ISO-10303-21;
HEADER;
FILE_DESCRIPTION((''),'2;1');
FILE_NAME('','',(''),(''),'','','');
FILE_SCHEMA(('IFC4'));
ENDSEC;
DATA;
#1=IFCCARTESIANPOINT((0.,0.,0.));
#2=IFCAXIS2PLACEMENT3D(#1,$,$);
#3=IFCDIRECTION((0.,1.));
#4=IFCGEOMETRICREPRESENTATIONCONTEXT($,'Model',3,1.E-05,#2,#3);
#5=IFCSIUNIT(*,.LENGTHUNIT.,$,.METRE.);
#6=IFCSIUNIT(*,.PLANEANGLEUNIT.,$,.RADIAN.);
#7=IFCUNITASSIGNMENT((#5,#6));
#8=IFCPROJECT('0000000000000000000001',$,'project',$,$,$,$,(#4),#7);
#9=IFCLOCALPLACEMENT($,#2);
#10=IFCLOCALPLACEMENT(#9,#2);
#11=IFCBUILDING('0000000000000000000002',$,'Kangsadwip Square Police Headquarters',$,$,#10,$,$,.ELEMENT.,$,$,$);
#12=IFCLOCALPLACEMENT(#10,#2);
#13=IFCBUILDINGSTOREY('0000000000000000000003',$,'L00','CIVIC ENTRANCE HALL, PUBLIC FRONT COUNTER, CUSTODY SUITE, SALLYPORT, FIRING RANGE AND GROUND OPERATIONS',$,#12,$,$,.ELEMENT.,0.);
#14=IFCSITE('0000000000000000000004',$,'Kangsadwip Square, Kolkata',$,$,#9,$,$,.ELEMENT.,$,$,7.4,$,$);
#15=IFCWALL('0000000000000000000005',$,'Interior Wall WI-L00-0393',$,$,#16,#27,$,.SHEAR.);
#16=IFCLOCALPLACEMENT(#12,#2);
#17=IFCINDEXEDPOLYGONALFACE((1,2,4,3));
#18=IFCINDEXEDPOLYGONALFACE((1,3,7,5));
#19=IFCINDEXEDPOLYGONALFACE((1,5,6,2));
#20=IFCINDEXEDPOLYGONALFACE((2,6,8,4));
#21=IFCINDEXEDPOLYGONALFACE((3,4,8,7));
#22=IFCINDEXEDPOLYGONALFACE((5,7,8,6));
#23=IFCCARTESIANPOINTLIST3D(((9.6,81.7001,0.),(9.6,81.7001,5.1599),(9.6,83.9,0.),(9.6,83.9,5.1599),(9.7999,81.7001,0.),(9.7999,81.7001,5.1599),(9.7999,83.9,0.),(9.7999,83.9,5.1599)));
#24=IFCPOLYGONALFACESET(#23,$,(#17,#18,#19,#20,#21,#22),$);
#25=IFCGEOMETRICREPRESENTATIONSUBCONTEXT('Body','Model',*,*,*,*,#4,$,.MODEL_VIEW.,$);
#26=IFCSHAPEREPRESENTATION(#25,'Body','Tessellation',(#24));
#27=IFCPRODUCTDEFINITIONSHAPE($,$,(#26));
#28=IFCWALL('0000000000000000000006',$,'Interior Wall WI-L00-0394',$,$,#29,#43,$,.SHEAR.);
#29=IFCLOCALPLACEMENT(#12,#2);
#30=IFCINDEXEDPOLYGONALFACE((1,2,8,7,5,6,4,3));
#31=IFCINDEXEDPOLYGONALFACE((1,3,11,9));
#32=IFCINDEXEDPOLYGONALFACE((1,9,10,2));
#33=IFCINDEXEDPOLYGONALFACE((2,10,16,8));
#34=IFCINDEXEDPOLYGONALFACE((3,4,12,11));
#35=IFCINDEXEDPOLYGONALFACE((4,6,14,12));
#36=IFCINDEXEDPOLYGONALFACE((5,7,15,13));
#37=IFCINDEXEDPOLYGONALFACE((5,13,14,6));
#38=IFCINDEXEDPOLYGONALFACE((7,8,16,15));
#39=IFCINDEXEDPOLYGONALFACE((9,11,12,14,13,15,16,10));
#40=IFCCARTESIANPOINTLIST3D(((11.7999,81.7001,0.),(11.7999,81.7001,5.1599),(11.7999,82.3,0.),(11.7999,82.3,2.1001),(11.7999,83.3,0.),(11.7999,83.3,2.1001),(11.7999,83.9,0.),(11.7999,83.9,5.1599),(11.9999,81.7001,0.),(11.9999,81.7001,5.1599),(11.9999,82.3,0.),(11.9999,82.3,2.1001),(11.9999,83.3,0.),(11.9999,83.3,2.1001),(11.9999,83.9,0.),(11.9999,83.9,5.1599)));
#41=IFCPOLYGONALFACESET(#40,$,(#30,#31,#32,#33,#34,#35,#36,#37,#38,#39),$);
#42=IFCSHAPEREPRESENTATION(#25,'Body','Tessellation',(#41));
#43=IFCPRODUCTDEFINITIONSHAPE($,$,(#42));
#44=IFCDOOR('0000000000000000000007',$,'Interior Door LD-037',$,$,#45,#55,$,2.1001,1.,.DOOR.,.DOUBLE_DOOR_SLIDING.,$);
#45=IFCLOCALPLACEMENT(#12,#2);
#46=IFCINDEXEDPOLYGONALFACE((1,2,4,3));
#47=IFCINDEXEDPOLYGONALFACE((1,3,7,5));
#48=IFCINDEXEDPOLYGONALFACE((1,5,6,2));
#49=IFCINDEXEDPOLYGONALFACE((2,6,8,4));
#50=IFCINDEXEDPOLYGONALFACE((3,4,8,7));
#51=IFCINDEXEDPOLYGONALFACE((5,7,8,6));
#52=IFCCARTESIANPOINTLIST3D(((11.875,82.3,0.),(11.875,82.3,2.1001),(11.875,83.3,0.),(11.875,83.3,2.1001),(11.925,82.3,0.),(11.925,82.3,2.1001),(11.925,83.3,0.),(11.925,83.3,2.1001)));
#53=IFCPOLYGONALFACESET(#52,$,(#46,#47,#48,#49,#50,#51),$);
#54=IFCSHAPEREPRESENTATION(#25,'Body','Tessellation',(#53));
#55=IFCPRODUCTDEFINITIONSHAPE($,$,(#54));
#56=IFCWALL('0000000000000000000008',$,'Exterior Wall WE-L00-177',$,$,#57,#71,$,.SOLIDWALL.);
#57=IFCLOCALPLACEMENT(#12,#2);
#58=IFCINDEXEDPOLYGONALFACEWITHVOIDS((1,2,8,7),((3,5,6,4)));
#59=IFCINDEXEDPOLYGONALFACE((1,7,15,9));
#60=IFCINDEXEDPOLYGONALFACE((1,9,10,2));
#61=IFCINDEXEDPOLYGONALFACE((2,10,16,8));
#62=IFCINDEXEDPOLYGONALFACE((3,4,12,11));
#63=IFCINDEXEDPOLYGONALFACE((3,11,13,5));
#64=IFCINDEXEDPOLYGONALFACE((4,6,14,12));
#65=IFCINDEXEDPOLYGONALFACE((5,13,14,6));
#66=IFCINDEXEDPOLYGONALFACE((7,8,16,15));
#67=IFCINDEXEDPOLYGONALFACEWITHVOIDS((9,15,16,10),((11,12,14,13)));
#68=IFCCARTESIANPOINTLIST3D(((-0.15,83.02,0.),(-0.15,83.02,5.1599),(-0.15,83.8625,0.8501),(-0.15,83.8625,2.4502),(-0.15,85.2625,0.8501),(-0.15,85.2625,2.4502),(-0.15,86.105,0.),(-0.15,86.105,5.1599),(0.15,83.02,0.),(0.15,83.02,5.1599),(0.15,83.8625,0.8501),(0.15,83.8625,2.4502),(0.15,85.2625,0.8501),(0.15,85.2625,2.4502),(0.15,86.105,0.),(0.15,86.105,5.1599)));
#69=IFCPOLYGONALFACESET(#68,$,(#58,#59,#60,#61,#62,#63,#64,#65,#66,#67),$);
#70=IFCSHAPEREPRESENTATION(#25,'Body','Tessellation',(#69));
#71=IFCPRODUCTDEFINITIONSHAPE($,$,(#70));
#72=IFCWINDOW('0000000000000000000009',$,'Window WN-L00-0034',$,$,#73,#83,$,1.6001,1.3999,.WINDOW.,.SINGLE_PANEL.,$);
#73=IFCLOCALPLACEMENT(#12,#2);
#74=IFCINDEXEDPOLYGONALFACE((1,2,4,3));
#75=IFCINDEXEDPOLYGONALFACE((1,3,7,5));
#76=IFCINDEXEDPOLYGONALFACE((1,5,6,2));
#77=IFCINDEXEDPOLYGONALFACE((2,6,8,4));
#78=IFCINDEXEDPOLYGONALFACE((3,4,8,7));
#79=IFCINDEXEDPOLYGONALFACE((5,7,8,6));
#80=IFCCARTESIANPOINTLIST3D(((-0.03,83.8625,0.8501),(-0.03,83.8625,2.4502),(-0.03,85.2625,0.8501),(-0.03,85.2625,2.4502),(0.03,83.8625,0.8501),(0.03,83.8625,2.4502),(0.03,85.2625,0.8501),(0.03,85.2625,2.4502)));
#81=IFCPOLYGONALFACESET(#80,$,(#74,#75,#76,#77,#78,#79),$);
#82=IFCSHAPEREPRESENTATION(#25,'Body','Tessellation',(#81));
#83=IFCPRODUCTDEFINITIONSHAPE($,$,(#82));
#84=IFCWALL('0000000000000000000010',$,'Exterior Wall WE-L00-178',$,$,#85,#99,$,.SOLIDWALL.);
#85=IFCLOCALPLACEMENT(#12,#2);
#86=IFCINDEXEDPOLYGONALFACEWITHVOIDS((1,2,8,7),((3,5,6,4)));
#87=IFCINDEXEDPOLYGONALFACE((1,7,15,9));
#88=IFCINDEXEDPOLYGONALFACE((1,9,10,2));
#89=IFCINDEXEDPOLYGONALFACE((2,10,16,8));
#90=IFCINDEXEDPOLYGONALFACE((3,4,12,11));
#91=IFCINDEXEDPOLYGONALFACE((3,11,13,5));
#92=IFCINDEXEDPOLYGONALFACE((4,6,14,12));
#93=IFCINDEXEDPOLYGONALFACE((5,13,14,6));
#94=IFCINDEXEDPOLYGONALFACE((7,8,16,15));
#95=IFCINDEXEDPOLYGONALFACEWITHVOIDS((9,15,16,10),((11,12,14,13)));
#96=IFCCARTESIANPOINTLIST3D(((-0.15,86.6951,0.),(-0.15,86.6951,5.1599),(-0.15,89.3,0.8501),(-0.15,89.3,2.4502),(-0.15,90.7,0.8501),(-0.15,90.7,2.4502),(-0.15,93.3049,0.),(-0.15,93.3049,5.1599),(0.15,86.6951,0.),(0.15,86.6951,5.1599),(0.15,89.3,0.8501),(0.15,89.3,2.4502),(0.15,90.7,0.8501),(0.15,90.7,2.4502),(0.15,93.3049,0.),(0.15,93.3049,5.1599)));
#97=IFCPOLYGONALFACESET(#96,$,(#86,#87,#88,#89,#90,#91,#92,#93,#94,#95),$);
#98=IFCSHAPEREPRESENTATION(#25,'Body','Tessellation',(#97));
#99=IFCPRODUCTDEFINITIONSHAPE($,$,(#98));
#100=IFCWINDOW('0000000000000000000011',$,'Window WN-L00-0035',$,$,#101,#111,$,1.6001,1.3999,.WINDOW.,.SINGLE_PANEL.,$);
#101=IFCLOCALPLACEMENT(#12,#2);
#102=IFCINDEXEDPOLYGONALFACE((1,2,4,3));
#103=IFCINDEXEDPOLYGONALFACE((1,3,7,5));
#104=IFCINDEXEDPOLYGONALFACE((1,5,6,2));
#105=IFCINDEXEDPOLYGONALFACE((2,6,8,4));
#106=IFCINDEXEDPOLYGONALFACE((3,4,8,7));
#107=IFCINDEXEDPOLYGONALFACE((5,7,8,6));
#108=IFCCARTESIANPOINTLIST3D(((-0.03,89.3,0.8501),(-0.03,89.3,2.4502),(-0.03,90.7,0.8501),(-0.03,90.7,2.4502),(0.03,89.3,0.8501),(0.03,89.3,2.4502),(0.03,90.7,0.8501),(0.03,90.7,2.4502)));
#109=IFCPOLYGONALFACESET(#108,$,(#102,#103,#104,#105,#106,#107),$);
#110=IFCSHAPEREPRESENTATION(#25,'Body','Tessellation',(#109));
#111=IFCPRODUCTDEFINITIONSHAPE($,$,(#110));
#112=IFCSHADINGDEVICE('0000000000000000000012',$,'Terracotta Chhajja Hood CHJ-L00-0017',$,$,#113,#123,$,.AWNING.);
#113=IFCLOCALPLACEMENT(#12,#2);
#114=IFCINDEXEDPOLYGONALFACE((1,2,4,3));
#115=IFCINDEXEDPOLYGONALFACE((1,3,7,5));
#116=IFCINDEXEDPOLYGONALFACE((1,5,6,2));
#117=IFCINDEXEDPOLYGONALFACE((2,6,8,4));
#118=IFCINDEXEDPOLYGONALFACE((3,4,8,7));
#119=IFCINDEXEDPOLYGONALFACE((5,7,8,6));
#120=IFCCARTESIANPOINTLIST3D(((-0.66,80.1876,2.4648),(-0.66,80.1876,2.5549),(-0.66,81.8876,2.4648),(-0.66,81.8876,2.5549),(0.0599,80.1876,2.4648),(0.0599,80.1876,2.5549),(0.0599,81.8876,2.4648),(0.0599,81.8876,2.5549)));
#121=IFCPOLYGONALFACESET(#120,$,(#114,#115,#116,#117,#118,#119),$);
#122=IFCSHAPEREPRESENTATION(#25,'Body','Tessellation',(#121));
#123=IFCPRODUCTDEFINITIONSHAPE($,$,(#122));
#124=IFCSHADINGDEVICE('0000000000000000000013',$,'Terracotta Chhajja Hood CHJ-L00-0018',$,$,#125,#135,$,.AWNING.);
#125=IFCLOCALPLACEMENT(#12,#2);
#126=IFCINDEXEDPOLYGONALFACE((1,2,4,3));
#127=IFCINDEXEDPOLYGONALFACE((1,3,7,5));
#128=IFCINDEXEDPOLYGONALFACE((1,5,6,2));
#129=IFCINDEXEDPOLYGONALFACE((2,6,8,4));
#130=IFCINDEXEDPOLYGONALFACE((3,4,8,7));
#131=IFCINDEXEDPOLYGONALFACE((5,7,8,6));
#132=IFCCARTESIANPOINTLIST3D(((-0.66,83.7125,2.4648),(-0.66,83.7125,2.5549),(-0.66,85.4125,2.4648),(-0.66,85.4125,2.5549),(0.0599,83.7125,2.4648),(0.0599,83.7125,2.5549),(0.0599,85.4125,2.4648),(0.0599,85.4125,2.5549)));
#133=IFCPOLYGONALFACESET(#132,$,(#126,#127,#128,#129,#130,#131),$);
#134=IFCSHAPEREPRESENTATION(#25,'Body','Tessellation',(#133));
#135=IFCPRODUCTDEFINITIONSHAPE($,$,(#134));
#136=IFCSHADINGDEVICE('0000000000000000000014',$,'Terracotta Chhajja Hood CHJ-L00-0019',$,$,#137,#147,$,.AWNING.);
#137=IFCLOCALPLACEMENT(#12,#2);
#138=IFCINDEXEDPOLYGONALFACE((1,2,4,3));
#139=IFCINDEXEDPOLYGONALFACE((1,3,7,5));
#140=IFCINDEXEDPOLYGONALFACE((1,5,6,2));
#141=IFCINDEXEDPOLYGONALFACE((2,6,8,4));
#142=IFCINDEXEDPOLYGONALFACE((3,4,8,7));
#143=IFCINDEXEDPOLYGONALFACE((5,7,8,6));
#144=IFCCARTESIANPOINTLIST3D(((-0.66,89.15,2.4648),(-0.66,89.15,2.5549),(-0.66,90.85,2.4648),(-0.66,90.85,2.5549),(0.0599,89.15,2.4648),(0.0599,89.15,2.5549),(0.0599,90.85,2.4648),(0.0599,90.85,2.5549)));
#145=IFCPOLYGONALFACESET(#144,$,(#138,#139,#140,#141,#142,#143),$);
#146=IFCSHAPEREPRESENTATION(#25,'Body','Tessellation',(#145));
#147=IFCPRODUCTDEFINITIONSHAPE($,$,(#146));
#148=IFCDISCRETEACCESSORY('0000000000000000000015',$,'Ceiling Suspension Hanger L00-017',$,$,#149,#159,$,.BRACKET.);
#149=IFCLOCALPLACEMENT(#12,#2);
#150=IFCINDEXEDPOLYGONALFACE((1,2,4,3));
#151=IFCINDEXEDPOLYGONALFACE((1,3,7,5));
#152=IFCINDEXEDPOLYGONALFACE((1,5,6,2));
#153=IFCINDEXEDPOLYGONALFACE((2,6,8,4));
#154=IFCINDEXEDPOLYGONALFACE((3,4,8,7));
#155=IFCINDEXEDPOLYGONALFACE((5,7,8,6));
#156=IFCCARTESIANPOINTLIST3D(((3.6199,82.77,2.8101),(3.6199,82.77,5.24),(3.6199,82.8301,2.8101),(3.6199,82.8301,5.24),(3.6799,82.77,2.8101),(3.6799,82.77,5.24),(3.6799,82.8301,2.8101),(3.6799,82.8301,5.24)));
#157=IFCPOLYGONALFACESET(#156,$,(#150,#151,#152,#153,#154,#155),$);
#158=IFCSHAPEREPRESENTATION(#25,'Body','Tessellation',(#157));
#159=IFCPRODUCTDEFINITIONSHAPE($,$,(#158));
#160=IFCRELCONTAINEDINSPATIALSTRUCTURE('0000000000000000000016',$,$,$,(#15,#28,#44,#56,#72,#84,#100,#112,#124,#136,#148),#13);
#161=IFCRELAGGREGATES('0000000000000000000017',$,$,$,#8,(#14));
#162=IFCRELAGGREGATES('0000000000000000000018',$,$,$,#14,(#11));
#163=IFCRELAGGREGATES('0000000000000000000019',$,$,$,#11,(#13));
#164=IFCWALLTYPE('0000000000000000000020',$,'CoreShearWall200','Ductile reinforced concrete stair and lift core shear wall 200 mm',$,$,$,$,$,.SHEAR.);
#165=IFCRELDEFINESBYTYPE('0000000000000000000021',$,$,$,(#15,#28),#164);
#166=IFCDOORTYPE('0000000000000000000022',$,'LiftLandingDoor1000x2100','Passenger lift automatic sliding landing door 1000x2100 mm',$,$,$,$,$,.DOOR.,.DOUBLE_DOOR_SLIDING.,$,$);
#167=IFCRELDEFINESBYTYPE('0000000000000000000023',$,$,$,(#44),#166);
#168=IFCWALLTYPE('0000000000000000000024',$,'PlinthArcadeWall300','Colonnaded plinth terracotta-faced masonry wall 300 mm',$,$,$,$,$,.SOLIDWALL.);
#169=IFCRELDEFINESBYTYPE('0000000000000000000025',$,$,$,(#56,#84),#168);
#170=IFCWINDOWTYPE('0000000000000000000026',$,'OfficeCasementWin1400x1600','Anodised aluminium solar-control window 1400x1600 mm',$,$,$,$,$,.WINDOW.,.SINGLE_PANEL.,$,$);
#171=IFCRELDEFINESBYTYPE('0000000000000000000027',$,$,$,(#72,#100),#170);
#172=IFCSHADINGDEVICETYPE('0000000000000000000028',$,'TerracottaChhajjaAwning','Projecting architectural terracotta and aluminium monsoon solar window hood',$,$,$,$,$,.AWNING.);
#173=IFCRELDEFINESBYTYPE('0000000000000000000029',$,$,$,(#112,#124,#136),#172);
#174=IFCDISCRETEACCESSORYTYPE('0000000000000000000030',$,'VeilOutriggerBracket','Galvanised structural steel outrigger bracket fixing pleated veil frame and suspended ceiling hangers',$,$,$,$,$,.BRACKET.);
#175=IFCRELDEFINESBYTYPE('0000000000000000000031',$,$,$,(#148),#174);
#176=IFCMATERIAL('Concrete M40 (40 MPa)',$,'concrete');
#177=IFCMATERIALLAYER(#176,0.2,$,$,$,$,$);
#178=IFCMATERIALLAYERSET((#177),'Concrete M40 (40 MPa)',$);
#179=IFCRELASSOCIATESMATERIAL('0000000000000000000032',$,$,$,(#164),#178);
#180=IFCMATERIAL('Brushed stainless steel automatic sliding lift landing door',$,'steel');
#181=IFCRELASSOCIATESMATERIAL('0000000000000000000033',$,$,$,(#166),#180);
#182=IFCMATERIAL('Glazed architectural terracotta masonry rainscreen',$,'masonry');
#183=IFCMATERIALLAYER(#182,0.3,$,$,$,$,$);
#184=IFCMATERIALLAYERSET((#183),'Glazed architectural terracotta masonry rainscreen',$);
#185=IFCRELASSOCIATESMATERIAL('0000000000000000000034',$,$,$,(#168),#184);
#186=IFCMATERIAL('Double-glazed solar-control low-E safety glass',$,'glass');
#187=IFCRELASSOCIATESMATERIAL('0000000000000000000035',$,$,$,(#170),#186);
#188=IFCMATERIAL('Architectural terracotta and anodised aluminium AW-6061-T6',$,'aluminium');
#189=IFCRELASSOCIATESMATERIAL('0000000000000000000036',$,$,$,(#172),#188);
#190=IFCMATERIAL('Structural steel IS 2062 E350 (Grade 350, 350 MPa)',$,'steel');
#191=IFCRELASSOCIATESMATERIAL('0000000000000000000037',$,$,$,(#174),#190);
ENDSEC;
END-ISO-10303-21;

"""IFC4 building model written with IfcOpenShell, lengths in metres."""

from ifc_helpers import new_model, si_unit, direction, frame, frame_2d, origin, origin_2d, place, context, subcontext, project, spatial, rectangle, extrude, material, layer, layer_set, type_object, element, fill, save


model = new_model("IFC4")

# Units and contexts
model_context = context("Model", 3, precision=1e-05, world=origin(), true_north=direction((0.0, 1.0)))
body_context = subcontext(model_context, "Body", "Model", "MODEL_VIEW")
ifc_project = project(units=[si_unit("LENGTHUNIT", "METRE"), si_unit("PLANEANGLEUNIT", "RADIAN")], contexts=[model_context])

# Site, building, storey
site_placement = place(None, origin())
site = spatial("IfcSite", under=ifc_project, at=site_placement, Name="Kangsadwip Square, Kolkata", CompositionType="ELEMENT", RefElevation=7.4)
building_placement = place(site_placement, origin())
building = spatial("IfcBuilding", under=site, at=building_placement, Name="Kangsadwip Square Police Headquarters", CompositionType="ELEMENT")
storey_placement = place(building_placement, origin())
storey = spatial("IfcBuildingStorey", under=building, at=storey_placement, Name="L00", Description="CIVIC ENTRANCE HALL, PUBLIC FRONT COUNTER, CUSTODY SUITE, SALLYPORT, FIRING RANGE AND GROUND OPERATIONS", CompositionType="ELEMENT", Elevation=0.0)

# Wall
ifc_material_1 = material(Name="Concrete M40 (40 MPa)", Category="concrete")
ifc_layer_1 = layer(ifc_material_1, 0.2)
ifc_layer_set_1 = layer_set([ifc_layer_1], Name="Concrete M40 (40 MPa)")
wall_type_1 = type_object("IfcWallType", Name="CoreShearWall200", Description="Ductile reinforced concrete stair and lift core shear wall 200 mm", PredefinedType="SHEAR", material=ifc_layer_set_1)
for number, where, z_axis, x_axis, name in (
    (1, (9.7, 81.7, 0.0), (0.0, 0.0, 1.0), (0.0, 1.0, 0.0), "Interior Wall WI-L00-0393"),
):
    element("IfcWall", number, at=place(storey_placement, frame(where, z_axis=z_axis, x_axis=x_axis)), inside=storey, type_object=wall_type_1, Name=name, PredefinedType="SHEAR", context=body_context, shape_type="SweptSolid", body=[
        extrude(rectangle(XDim=2.2, YDim=0.2, at=frame_2d((1.1001, 0.0))), origin(), (0.0, 0.0, 1.0), 5.1599),
    ])

# Wall, opening, door
wall_1_placement = place(storey_placement, frame((11.8999, 81.7, 0.0), z_axis=(0.0, 0.0, 1.0), x_axis=(0.0, 1.0, 0.0)))
wall_1 = element("IfcWall", 2, at=wall_1_placement, inside=storey, type_object=wall_type_1, Name="Interior Wall WI-L00-0394", PredefinedType="SHEAR", context=body_context, shape_type="SweptSolid", body=[
    extrude(rectangle(XDim=2.2, YDim=0.2, at=frame_2d((1.1001, 0.0))), origin(), (0.0, 0.0, 1.0), 5.1599),
])
opening_1_placement = place(wall_1_placement, frame((0.6001, 0.0, 0.0)))
opening_1 = element("IfcOpeningElement", 3, at=opening_1_placement, cuts=wall_1, PredefinedType="OPENING", context=body_context, shape_type="SweptSolid", body=[
    extrude(rectangle(XDim=1.0, YDim=2.1001, at=frame_2d((0.5, 1.05))), frame((0.0, 0.1099, 0.0), z_axis=(0.0, -1.0, 0.0), x_axis=(1.0, 0.0, 0.0)), (0.0, 0.0, 1.0), 0.22),
])
ifc_material_2 = material(Name="Brushed stainless steel automatic sliding lift landing door", Category="steel")
door_type = type_object("IfcDoorType", Name="LiftLandingDoor1000x2100", Description="Passenger lift automatic sliding landing door 1000x2100 mm", OperationType="DOUBLE_DOOR_SLIDING", PredefinedType="DOOR", material=ifc_material_2)
door_placement = place(opening_1_placement, origin())
door = element("IfcDoor", 4, at=door_placement, inside=storey, type_object=door_type, Name="Interior Door LD-037", OperationType="DOUBLE_DOOR_SLIDING", OverallHeight=2.1001, OverallWidth=1.0, PredefinedType="DOOR", context=body_context, shape_type="SweptSolid", body=[
    extrude(rectangle(XDim=1.0, YDim=2.1001, at=frame_2d((0.5, 1.05))), frame((0.0, 0.0249, 0.0), z_axis=(0.0, -1.0, 0.0), x_axis=(1.0, 0.0, 0.0)), (0.0, 0.0, 1.0), 0.05),
])
fill(opening_1, door)

# Walls, openings, windows
ifc_material_3 = material(Name="Glazed architectural terracotta masonry rainscreen", Category="masonry")
ifc_layer_2 = layer(ifc_material_3, 0.3)
ifc_layer_set_2 = layer_set([ifc_layer_2], Name="Glazed architectural terracotta masonry rainscreen")
wall_type_2 = type_object("IfcWallType", Name="PlinthArcadeWall300", Description="Colonnaded plinth terracotta-faced masonry wall 300 mm", PredefinedType="SOLIDWALL", material=ifc_layer_set_2)
wall_2_placement = place(storey_placement, frame((0.0, 83.02, 0.0), z_axis=(0.0, 0.0, 1.0), x_axis=(0.0, 1.0, 0.0)))
wall_2 = element("IfcWall", 5, at=wall_2_placement, inside=storey, type_object=wall_type_2, Name="Exterior Wall WE-L00-177", PredefinedType="SOLIDWALL", context=body_context, shape_type="SweptSolid", body=[
    extrude(rectangle(XDim=3.085, YDim=0.3, at=frame_2d((1.5425, 0.0))), origin(), (0.0, 0.0, 1.0), 5.1599),
])
opening_2_placement = place(wall_2_placement, frame((0.8425, 0.0, 0.8501)))
opening_2 = element("IfcOpeningElement", 6, at=opening_2_placement, cuts=wall_2, PredefinedType="OPENING", context=body_context, shape_type="SweptSolid", body=[
    extrude(rectangle(XDim=1.3999, YDim=1.6001, at=frame_2d((0.7, 0.8))), frame((0.0, 0.1599, 0.0), z_axis=(0.0, -1.0, 0.0), x_axis=(1.0, 0.0, 0.0)), (0.0, 0.0, 1.0), 0.3201),
])
ifc_material_4 = material(Name="Double-glazed solar-control low-E safety glass", Category="glass")
window_type = type_object("IfcWindowType", Name="OfficeCasementWin1400x1600", Description="Anodised aluminium solar-control window 1400x1600 mm", PartitioningType="SINGLE_PANEL", PredefinedType="WINDOW", material=ifc_material_4)
window_1_placement = place(opening_2_placement, origin())
window_1 = element("IfcWindow", 7, at=window_1_placement, inside=storey, type_object=window_type, Name="Window WN-L00-0034", OverallHeight=1.6001, OverallWidth=1.3999, PartitioningType="SINGLE_PANEL", PredefinedType="WINDOW", context=body_context, shape_type="SweptSolid", body=[
    extrude(rectangle(XDim=1.3999, YDim=1.6001, at=frame_2d((0.7, 0.8))), frame((0.0, 0.03, 0.0), z_axis=(0.0, -1.0, 0.0), x_axis=(1.0, 0.0, 0.0)), (0.0, 0.0, 1.0), 0.0601),
])
fill(opening_2, window_1)
wall_3_placement = place(storey_placement, frame((0.0, 86.6951, 0.0), z_axis=(0.0, 0.0, 1.0), x_axis=(0.0, 1.0, 0.0)))
wall_3 = element("IfcWall", 8, at=wall_3_placement, inside=storey, type_object=wall_type_2, Name="Exterior Wall WE-L00-178", PredefinedType="SOLIDWALL", context=body_context, shape_type="SweptSolid", body=[
    extrude(rectangle(XDim=6.6099, YDim=0.3, at=frame_2d((3.3049, 0.0))), origin(), (0.0, 0.0, 1.0), 5.1599),
])
opening_3_placement = place(wall_3_placement, frame((2.605, 0.0, 0.8501)))
opening_3 = element("IfcOpeningElement", 9, at=opening_3_placement, cuts=wall_3, PredefinedType="OPENING", context=body_context, shape_type="SweptSolid", body=[
    extrude(rectangle(XDim=1.3999, YDim=1.6001, at=frame_2d((0.7, 0.8))), frame((0.0, 0.1599, 0.0), z_axis=(0.0, -1.0, 0.0), x_axis=(1.0, 0.0, 0.0)), (0.0, 0.0, 1.0), 0.3201),
])
window_2_placement = place(opening_3_placement, origin())
window_2 = element("IfcWindow", 10, at=window_2_placement, inside=storey, type_object=window_type, Name="Window WN-L00-0035", OverallHeight=1.6001, OverallWidth=1.3999, PartitioningType="SINGLE_PANEL", PredefinedType="WINDOW", context=body_context, shape_type="SweptSolid", body=[
    extrude(rectangle(XDim=1.3999, YDim=1.6001, at=frame_2d((0.7, 0.8))), frame((0.0, 0.03, 0.0), z_axis=(0.0, -1.0, 0.0), x_axis=(1.0, 0.0, 0.0)), (0.0, 0.0, 1.0), 0.0601),
])
fill(opening_3, window_2)

# Shading devices
ifc_material_5 = material(Name="Architectural terracotta and anodised aluminium AW-6061-T6", Category="aluminium")
shading_device_type = type_object("IfcShadingDeviceType", Name="TerracottaChhajjaAwning", Description="Projecting architectural terracotta and aluminium monsoon solar window hood", PredefinedType="AWNING", material=ifc_material_5)
for number, where, z_axis, x_axis, name in (
    (11, (-0.3, 81.0376, 2.4648), (0.0, 0.0, 1.0), (0.0, 1.0, 0.0), "Terracotta Chhajja Hood CHJ-L00-0017"),
    (12, (-0.3, 84.5625, 2.4648), (0.0, 0.0, 1.0), (0.0, 1.0, 0.0), "Terracotta Chhajja Hood CHJ-L00-0018"),
    (13, (-0.3, 90.0, 2.4648), (0.0, 0.0, 1.0), (0.0, 1.0, 0.0), "Terracotta Chhajja Hood CHJ-L00-0019"),
):
    element("IfcShadingDevice", number, at=place(storey_placement, frame(where, z_axis=z_axis, x_axis=x_axis)), inside=storey, type_object=shading_device_type, Name=name, PredefinedType="AWNING", context=body_context, shape_type="SweptSolid", body=[
        extrude(rectangle(XDim=1.7, YDim=0.72, at=origin_2d()), origin(), (0.0, 0.0, 1.0), 0.0901),
    ])

# Discrete accessory
ifc_material_6 = material(Name="Structural steel IS 2062 E350 (Grade 350, 350 MPa)", Category="steel")
discrete_accessory_type = type_object("IfcDiscreteAccessoryType", Name="VeilOutriggerBracket", Description="Galvanised structural steel outrigger bracket fixing pleated veil frame and suspended ceiling hangers", PredefinedType="BRACKET", material=ifc_material_6)
discrete_accessory_placement = place(storey_placement, frame((3.6499, 82.8, 2.8101), z_axis=(0.0, 0.0, 1.0), x_axis=(1.0, 0.0, 0.0)))
element("IfcDiscreteAccessory", 14, at=discrete_accessory_placement, inside=storey, type_object=discrete_accessory_type, Name="Ceiling Suspension Hanger L00-017", PredefinedType="BRACKET", context=body_context, shape_type="SweptSolid", body=[
    extrude(rectangle(XDim=0.0601, YDim=0.0601, at=origin_2d()), origin(), (0.0, 0.0, 1.0), 2.4299),
])

save(model, "model.ifc")
